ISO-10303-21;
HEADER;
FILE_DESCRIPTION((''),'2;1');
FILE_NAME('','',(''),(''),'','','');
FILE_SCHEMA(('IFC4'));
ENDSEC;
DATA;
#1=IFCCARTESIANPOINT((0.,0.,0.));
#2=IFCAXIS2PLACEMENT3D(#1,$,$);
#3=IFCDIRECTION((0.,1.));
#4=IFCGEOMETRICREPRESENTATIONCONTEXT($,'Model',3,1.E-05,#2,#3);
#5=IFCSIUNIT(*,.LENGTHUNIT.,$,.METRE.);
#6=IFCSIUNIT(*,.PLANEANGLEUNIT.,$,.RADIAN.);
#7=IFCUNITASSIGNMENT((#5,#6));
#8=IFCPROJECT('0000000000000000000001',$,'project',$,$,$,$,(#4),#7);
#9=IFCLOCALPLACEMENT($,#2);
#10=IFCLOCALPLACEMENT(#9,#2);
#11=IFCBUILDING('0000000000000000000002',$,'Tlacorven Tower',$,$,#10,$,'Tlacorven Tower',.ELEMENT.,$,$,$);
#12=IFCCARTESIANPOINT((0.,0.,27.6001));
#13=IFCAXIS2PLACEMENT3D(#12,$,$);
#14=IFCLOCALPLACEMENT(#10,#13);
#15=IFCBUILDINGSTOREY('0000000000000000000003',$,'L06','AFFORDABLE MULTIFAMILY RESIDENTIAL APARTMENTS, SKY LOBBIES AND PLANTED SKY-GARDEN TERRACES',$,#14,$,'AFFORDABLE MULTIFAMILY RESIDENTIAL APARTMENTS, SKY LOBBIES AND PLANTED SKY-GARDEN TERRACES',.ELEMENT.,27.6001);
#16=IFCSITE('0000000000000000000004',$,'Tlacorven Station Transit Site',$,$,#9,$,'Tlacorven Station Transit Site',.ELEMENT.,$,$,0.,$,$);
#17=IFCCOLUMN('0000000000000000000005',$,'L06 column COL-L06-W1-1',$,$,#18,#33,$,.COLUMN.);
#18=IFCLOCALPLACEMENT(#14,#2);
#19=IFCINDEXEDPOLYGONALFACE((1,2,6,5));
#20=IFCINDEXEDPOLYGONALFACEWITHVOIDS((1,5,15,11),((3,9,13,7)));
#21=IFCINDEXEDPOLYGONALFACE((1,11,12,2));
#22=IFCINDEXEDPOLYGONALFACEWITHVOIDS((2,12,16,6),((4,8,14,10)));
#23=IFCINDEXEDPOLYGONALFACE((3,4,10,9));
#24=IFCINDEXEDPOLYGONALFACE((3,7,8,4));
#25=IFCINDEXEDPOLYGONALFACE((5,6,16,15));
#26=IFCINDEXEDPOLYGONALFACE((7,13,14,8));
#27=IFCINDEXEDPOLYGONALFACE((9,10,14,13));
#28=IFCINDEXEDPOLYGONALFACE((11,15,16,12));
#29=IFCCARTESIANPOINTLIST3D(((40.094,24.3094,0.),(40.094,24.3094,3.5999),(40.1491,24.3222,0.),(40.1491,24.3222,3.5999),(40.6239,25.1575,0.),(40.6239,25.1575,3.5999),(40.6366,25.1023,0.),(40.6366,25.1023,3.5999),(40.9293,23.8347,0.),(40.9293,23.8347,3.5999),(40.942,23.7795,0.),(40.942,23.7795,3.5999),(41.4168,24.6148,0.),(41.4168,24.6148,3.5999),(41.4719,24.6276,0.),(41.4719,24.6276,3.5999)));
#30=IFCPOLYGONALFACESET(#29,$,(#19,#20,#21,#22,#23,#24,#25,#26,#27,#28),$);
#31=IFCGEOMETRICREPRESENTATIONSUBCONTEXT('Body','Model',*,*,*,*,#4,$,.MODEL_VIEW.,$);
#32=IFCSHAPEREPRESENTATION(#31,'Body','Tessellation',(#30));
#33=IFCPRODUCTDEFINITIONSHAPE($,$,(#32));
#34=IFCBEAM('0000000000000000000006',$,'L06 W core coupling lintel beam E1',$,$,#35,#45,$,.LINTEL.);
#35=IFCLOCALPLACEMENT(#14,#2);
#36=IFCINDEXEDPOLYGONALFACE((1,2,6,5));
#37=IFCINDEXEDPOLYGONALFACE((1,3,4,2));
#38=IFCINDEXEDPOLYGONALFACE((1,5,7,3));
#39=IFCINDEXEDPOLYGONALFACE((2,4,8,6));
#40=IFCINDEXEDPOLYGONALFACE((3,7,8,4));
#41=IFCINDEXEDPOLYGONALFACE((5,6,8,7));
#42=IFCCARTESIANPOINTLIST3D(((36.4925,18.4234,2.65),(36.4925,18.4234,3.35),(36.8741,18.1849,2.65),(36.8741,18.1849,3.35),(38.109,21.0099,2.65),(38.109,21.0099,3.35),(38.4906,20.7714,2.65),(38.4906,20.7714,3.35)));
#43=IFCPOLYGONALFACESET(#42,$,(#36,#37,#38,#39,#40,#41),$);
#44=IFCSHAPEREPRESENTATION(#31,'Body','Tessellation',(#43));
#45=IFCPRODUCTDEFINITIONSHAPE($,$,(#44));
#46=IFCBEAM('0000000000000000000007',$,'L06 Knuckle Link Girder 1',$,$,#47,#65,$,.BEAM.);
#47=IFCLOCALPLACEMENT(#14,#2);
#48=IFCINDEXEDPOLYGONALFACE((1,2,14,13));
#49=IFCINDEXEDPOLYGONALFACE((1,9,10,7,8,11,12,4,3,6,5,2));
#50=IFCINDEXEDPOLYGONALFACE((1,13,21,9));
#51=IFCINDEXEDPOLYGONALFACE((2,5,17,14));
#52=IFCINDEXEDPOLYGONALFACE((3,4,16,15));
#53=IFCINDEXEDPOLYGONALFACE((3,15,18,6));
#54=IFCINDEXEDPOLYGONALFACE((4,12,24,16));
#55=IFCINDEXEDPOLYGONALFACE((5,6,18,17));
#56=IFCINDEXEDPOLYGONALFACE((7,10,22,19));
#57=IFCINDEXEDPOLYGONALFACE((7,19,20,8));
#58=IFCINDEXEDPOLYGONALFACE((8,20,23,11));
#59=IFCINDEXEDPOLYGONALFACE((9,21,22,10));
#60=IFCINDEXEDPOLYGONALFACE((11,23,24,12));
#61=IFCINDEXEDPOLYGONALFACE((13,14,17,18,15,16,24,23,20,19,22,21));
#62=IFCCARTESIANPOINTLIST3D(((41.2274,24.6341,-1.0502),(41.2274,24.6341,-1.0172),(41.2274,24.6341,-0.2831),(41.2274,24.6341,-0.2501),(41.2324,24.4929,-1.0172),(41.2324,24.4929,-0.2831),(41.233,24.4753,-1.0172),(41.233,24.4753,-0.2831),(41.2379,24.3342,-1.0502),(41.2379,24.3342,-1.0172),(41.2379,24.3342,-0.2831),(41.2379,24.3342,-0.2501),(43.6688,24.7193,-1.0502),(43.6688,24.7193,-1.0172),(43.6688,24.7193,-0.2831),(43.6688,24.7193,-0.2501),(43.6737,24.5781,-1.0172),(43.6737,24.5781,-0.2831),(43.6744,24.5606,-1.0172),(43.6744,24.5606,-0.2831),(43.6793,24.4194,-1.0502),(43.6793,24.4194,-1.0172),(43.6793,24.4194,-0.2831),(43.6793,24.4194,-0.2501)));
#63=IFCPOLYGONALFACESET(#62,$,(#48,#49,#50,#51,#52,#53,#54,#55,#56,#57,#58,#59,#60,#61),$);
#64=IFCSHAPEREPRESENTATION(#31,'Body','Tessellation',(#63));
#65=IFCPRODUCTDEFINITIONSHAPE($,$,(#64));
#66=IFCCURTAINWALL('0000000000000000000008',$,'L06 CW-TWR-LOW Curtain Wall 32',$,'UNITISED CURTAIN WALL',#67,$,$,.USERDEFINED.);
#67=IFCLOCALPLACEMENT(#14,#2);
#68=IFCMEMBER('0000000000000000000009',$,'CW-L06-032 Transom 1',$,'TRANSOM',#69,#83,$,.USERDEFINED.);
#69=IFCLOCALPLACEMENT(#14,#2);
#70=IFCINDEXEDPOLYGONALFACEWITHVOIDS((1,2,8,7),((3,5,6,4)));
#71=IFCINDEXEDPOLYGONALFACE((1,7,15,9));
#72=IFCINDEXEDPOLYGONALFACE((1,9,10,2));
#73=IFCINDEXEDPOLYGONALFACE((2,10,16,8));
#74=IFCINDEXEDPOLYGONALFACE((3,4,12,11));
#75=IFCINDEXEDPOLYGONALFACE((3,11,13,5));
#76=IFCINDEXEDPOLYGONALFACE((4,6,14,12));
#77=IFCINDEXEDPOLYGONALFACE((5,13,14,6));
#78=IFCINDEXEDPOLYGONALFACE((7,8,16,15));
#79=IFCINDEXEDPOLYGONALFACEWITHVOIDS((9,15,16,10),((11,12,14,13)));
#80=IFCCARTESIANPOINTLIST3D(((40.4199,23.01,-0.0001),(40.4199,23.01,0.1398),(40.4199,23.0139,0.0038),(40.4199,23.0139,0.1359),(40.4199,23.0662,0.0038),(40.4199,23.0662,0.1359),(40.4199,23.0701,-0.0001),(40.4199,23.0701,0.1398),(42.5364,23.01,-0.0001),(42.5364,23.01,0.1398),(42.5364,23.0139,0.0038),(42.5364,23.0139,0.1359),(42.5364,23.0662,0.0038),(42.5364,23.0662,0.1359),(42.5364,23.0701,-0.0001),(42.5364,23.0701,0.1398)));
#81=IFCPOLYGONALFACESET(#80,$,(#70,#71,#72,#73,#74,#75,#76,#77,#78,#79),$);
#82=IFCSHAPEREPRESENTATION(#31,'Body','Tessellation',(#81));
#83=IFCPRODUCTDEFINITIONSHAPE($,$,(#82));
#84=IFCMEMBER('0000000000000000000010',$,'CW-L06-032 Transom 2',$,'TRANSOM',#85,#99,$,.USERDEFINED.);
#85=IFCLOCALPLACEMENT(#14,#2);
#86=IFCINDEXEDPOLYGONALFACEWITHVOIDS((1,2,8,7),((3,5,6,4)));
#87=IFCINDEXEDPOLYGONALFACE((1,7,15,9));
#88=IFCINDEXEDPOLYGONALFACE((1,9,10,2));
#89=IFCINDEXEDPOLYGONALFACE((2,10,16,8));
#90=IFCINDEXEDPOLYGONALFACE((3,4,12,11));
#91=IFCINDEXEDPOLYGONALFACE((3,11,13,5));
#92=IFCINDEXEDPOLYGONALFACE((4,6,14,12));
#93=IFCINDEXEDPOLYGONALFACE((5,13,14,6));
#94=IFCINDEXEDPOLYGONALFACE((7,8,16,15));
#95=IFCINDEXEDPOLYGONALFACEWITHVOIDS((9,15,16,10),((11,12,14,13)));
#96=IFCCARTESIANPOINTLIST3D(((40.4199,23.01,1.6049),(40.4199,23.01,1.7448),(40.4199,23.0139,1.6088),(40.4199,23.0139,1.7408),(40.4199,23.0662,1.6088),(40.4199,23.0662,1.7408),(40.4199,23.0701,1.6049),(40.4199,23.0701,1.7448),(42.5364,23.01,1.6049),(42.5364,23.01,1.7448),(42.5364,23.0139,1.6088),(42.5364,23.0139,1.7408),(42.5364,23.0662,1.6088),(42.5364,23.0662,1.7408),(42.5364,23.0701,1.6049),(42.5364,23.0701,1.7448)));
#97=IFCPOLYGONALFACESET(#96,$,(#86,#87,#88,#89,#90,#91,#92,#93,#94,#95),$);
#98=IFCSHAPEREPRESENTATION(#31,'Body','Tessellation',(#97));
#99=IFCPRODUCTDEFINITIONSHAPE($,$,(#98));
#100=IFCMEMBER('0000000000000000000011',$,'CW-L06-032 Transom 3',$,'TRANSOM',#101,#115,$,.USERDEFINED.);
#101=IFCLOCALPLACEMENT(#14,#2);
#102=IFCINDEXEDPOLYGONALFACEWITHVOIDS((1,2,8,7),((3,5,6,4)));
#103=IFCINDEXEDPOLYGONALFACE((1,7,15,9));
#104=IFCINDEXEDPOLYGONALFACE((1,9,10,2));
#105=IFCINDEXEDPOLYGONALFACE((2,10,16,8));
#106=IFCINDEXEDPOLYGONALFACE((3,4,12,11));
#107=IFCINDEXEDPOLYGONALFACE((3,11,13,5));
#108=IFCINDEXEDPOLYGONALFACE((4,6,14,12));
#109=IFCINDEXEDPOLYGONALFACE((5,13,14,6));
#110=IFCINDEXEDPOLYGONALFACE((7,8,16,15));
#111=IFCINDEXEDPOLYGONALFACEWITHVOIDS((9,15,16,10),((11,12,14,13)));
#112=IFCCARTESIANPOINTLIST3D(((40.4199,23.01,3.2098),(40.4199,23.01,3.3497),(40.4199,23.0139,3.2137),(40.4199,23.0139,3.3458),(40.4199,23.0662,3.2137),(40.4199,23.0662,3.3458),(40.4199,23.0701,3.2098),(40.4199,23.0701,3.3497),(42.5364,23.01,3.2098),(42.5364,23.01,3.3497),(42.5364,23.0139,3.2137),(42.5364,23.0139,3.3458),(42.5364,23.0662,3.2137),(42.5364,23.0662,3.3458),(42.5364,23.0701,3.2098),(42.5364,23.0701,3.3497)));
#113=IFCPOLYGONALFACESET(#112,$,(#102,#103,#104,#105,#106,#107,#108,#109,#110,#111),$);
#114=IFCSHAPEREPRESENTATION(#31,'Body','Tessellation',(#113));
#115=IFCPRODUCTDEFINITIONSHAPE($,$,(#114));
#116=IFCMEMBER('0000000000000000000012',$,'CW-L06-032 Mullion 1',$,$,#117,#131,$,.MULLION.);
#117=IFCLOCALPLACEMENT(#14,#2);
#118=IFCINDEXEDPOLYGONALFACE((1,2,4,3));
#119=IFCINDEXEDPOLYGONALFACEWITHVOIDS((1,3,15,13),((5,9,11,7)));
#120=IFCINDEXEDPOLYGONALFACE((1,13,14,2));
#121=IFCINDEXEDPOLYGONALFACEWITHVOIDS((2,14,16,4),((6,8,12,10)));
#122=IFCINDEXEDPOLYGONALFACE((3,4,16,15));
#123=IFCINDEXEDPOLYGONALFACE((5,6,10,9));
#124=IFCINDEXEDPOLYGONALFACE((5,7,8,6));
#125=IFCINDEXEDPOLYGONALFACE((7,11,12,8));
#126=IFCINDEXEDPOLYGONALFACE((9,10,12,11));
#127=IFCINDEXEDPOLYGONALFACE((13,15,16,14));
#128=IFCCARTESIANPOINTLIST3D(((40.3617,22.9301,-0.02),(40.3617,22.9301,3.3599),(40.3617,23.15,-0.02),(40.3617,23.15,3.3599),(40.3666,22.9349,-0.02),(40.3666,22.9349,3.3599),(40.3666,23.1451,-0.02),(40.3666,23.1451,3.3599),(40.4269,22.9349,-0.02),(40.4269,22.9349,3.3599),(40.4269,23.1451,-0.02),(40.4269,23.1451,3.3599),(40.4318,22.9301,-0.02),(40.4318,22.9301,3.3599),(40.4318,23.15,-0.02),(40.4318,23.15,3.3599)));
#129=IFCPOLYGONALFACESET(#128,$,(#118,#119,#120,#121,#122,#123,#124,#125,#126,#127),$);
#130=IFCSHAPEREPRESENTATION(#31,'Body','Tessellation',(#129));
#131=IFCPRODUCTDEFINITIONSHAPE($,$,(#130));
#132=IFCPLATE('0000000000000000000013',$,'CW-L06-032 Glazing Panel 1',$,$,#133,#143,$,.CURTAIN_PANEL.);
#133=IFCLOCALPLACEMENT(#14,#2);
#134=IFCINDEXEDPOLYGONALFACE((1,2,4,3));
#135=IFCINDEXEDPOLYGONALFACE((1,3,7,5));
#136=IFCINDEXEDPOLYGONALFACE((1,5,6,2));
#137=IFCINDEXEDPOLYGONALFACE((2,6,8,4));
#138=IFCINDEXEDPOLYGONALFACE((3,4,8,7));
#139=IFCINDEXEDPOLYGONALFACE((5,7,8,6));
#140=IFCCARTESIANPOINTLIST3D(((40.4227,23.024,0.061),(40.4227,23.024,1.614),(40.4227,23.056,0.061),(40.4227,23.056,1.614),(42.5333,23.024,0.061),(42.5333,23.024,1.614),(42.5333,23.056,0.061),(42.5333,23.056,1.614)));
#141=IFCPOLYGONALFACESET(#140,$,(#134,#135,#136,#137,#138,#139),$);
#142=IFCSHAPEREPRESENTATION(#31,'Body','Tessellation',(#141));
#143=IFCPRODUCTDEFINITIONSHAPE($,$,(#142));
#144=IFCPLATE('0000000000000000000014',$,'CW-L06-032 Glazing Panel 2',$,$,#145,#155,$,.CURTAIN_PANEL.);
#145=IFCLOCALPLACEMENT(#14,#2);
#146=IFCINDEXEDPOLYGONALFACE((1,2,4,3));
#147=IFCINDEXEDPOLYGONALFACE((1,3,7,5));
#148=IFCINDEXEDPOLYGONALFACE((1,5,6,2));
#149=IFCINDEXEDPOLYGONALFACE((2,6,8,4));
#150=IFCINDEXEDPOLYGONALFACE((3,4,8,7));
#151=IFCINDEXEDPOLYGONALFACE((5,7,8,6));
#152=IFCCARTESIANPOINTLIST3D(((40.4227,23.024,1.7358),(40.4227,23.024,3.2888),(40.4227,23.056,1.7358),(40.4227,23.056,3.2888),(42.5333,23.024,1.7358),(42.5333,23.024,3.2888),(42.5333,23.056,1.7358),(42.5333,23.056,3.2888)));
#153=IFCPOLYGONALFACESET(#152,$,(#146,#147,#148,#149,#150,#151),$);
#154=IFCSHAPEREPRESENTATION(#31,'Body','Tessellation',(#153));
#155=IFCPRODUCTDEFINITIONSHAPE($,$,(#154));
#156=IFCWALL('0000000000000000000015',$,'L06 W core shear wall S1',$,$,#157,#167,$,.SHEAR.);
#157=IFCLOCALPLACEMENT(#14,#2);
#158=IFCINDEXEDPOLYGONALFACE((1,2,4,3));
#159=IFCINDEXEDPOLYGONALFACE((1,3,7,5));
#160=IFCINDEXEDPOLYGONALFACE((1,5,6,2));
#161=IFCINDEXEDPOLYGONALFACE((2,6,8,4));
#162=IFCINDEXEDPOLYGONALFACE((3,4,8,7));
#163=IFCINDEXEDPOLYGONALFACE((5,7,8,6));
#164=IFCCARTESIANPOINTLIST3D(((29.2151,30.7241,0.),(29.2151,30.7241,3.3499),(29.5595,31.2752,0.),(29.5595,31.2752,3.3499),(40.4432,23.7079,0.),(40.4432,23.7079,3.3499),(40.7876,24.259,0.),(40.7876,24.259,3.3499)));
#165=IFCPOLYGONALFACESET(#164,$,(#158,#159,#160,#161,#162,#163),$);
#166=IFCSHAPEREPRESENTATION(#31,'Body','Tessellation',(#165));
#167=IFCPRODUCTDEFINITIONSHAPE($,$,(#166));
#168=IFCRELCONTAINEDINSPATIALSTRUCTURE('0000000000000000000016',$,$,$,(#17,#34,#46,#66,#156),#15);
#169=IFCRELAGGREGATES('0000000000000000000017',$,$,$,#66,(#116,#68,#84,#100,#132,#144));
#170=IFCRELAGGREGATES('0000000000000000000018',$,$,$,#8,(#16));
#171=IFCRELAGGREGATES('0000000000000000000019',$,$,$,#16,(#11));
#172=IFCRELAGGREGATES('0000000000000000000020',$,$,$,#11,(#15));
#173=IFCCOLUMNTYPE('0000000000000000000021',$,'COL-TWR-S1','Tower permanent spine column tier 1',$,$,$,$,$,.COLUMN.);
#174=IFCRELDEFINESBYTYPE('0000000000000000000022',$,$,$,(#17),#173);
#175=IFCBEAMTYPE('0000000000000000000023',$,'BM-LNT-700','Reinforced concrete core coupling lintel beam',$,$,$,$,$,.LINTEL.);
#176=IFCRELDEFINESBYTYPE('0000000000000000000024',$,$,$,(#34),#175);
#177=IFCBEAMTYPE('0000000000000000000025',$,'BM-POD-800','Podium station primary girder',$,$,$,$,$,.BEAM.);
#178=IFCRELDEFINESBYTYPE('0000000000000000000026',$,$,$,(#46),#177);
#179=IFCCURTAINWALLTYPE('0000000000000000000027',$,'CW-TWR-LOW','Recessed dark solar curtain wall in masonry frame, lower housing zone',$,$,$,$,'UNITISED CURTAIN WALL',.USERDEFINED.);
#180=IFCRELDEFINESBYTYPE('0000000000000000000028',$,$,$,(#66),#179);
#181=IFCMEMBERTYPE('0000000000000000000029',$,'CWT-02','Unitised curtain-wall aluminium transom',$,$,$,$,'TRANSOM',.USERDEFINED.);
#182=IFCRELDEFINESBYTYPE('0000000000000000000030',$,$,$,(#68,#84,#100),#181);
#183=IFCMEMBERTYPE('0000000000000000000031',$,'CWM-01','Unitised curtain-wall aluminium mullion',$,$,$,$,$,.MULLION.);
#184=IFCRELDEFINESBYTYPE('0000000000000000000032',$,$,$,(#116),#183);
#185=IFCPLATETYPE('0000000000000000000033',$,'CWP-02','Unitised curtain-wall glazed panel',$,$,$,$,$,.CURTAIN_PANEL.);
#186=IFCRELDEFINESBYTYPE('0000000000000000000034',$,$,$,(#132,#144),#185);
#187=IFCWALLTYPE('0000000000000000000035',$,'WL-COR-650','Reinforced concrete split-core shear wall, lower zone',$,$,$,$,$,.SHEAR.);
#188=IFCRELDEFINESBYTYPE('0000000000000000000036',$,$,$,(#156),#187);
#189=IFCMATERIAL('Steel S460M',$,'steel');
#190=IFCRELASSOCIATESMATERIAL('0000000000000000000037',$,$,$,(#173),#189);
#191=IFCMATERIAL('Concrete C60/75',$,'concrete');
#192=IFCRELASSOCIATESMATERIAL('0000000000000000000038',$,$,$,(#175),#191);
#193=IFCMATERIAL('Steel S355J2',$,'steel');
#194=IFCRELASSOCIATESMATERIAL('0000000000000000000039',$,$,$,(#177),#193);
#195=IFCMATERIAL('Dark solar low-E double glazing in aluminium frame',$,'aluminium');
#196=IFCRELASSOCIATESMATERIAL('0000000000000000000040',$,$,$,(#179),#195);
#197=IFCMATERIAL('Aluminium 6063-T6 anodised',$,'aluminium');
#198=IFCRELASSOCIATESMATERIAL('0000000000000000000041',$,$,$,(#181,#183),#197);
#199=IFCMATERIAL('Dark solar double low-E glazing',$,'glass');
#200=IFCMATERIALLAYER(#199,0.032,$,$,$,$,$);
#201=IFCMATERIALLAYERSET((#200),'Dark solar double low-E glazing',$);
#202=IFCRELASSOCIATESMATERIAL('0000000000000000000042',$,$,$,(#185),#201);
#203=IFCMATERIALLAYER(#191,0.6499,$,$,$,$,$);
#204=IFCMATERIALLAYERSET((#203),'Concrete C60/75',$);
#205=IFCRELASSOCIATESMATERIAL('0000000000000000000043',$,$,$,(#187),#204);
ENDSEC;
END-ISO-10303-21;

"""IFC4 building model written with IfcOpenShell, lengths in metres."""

from ifc_helpers import new_model, si_unit, direction, frame, frame_2d, origin, origin_2d, place, context, subcontext, project, spatial, rectangle, hollow_rectangle, i_section, extrude, source, transform, mapped, material, layer, layer_set, material_profile, profile_set, type_object, element, aggregate, save


model = new_model("IFC4")

# Units and contexts
model_context = context("Model", 3, precision=1e-05, world=origin(), true_north=direction((0.0, 1.0)))
body_context = subcontext(model_context, "Body", "Model", "MODEL_VIEW")
ifc_project = project(units=[si_unit("LENGTHUNIT", "METRE"), si_unit("PLANEANGLEUNIT", "RADIAN")], contexts=[model_context])

# Site, building, storey
site_placement = place(None, origin())
site = spatial("IfcSite", under=ifc_project, at=site_placement, Name="Tlacorven Station Transit Site", LongName="Tlacorven Station Transit Site", CompositionType="ELEMENT", RefElevation=0.0)
building_placement = place(site_placement, origin())
building = spatial("IfcBuilding", under=site, at=building_placement, Name="Tlacorven Tower", LongName="Tlacorven Tower", CompositionType="ELEMENT")
storey_placement = place(building_placement, frame((0.0, 0.0, 27.6001)))
storey = spatial("IfcBuildingStorey", under=building, at=storey_placement, Name="L06", Description="AFFORDABLE MULTIFAMILY RESIDENTIAL APARTMENTS, SKY LOBBIES AND PLANTED SKY-GARDEN TERRACES", LongName="AFFORDABLE MULTIFAMILY RESIDENTIAL APARTMENTS, SKY LOBBIES AND PLANTED SKY-GARDEN TERRACES", CompositionType="ELEMENT", Elevation=27.6001)

# Column
ifc_material_1 = material(Name="Steel S460M", Category="steel")
ifc_material_profile_1 = material_profile(ifc_material_1, hollow_rectangle(XDim=1.0, YDim=1.0, WallThickness=0.04, at=origin_2d()), Name="BOX 1000X1000X40")
ifc_profile_set_1 = profile_set([ifc_material_profile_1], Name="Steel S460M")
column_type = type_object("IfcColumnType", Name="COL-TWR-S1", Description="Tower permanent spine column tier 1", PredefinedType="COLUMN", material=ifc_profile_set_1)
shared_shape_1 = source(origin(), body_context, "Body", "SweptSolid", [
    extrude(hollow_rectangle(XDim=1.0, YDim=1.0, WallThickness=0.04, at=origin_2d()), origin(), (0.0, 0.0, 1.0), 3.5999),
])
column_placement = place(storey_placement, frame((40.783, 24.4685, 0.0), z_axis=(0.0, 0.0, 1.0), x_axis=(-0.848048, 0.529919, 0.0)))
element("IfcColumn", 1, at=column_placement, inside=storey, type_object=column_type, Name="L06 column COL-L06-W1-1", PredefinedType="COLUMN", context=body_context, shape_type="MappedRepresentation", body=[
    mapped(shared_shape_1, transform((0.0, 0.0, 0.0), scale=1.0)),
])

# Beams
ifc_material_2 = material(Name="Concrete C60/75", Category="concrete")
ifc_material_profile_2 = material_profile(ifc_material_2, rectangle(XDim=0.45, YDim=0.7, at=origin_2d()), Name="RC 450X700")
ifc_profile_set_2 = profile_set([ifc_material_profile_2], Name="Concrete C60/75")
beam_type_1 = type_object("IfcBeamType", Name="BM-LNT-700", Description="Reinforced concrete core coupling lintel beam", PredefinedType="LINTEL", material=ifc_profile_set_2)
shared_shape_2 = source(origin(), body_context, "Body", "SweptSolid", [
    extrude(rectangle(XDim=0.45, YDim=0.7, at=origin_2d()), origin(), (0.0, 0.0, 1.0), 3.05),
])
beam_1_placement = place(storey_placement, frame((38.2998, 20.8906, 3.0), z_axis=(-0.529985, -0.848007, 0.0), x_axis=(0.848007, -0.529985, 0.0)))
element("IfcBeam", 2, at=beam_1_placement, inside=storey, type_object=beam_type_1, Name="L06 W core coupling lintel beam E1", PredefinedType="LINTEL", context=body_context, shape_type="MappedRepresentation", body=[
    mapped(shared_shape_2, transform((0.0, 0.0, 0.0), scale=1.0)),
])
ifc_material_3 = material(Name="Steel S355J2", Category="steel")
ifc_material_profile_3 = material_profile(ifc_material_3, i_section(OverallWidth=0.3, OverallDepth=0.8, WebThickness=0.0176, FlangeThickness=0.033, at=origin_2d()), Name="HEB 800")
ifc_profile_set_3 = profile_set([ifc_material_profile_3], Name="Steel S355J2")
beam_type_2 = type_object("IfcBeamType", Name="BM-POD-800", Description="Podium station primary girder", PredefinedType="BEAM", material=ifc_profile_set_3)
shared_shape_3 = source(origin(), body_context, "Body", "SweptSolid", [
    extrude(i_section(OverallWidth=0.3, OverallDepth=0.8, WebThickness=0.0176, FlangeThickness=0.033, at=origin_2d()), origin(), (0.0, 0.0, 1.0), 2.4429),
])
beam_2_placement = place(storey_placement, frame((41.2327, 24.4841, -0.6501), z_axis=(0.999392, 0.034879, 0.0), x_axis=(-0.034879, 0.999392, 0.0)))
element("IfcBeam", 3, at=beam_2_placement, inside=storey, type_object=beam_type_2, Name="L06 Knuckle Link Girder 1", PredefinedType="BEAM", context=body_context, shape_type="MappedRepresentation", body=[
    mapped(shared_shape_3, transform((0.0, 0.0, 0.0), scale=1.0)),
])

# Curtain wall, members, plates
ifc_material_4 = material(Name="Dark solar low-E double glazing in aluminium frame", Category="aluminium")
curtain_wall_type = type_object("IfcCurtainWallType", Name="CW-TWR-LOW", Description="Recessed dark solar curtain wall in masonry frame, lower housing zone", ElementType="UNITISED CURTAIN WALL", PredefinedType="USERDEFINED", material=ifc_material_4)
curtain_wall_placement = place(storey_placement, origin())
curtain_wall = element("IfcCurtainWall", 4, at=curtain_wall_placement, inside=storey, type_object=curtain_wall_type, Name="L06 CW-TWR-LOW Curtain Wall 32", ObjectType="UNITISED CURTAIN WALL", PredefinedType="USERDEFINED")
ifc_material_5 = material(Name="Aluminium 6063-T6 anodised", Category="aluminium")
ifc_material_profile_4 = material_profile(ifc_material_5, hollow_rectangle(XDim=0.0601, YDim=0.1399, WallThickness=0.0039, at=origin_2d()), Name="ALU TRANSOM 60X140")
ifc_profile_set_4 = profile_set([ifc_material_profile_4], Name="Aluminium 6063-T6 anodised")
member_type_1 = type_object("IfcMemberType", Name="CWT-02", Description="Unitised curtain-wall aluminium transom", ElementType="TRANSOM", PredefinedType="USERDEFINED", material=ifc_profile_set_4)
shared_shape_4 = source(origin(), body_context, "Body", "SweptSolid", [
    extrude(hollow_rectangle(XDim=0.0601, YDim=0.1399, WallThickness=0.0039, at=origin_2d()), origin(), (0.0, 0.0, 1.0), 2.1165),
])
member_1_placement = place(storey_placement, frame((40.4199, 23.04, 0.0698), z_axis=(1.0, 0.0, 0.0), x_axis=(0.0, 1.0, 0.0)))
member_1 = element("IfcMember", 5, at=member_1_placement, type_object=member_type_1, Name="CW-L06-032 Transom 1", ObjectType="TRANSOM", PredefinedType="USERDEFINED", context=body_context, shape_type="MappedRepresentation", body=[
    mapped(shared_shape_4, transform((0.0, 0.0, 0.0), scale=1.0)),
])
member_2_placement = place(storey_placement, frame((40.4199, 23.04, 1.6748), z_axis=(1.0, 0.0, 0.0), x_axis=(0.0, 1.0, 0.0)))
member_2 = element("IfcMember", 6, at=member_2_placement, type_object=member_type_1, Name="CW-L06-032 Transom 2", ObjectType="TRANSOM", PredefinedType="USERDEFINED", context=body_context, shape_type="MappedRepresentation", body=[
    mapped(shared_shape_4, transform((0.0, 0.0, 0.0), scale=1.0)),
])
member_3_placement = place(storey_placement, frame((40.4199, 23.04, 3.2798), z_axis=(1.0, 0.0, 0.0), x_axis=(0.0, 1.0, 0.0)))
member_3 = element("IfcMember", 7, at=member_3_placement, type_object=member_type_1, Name="CW-L06-032 Transom 3", ObjectType="TRANSOM", PredefinedType="USERDEFINED", context=body_context, shape_type="MappedRepresentation", body=[
    mapped(shared_shape_4, transform((0.0, 0.0, 0.0), scale=1.0)),
])
ifc_material_profile_5 = material_profile(ifc_material_5, hollow_rectangle(XDim=0.0701, YDim=0.22, WallThickness=0.0049, at=origin_2d()), Name="ALU MULLION 70X220")
ifc_profile_set_5 = profile_set([ifc_material_profile_5], Name="Aluminium 6063-T6 anodised")
member_type_2 = type_object("IfcMemberType", Name="CWM-01", Description="Unitised curtain-wall aluminium mullion", PredefinedType="MULLION", material=ifc_profile_set_5)
shared_shape_5 = source(origin(), body_context, "Body", "SweptSolid", [
    extrude(hollow_rectangle(XDim=0.0701, YDim=0.22, WallThickness=0.0049, at=origin_2d()), origin(), (0.0, 0.0, 1.0), 3.3799),
])
member_4_placement = place(storey_placement, frame((40.3967, 23.04, -0.02), z_axis=(0.0, 0.0, 1.0), x_axis=(1.0, 0.0, 0.0)))
member_4 = element("IfcMember", 8, at=member_4_placement, type_object=member_type_2, Name="CW-L06-032 Mullion 1", PredefinedType="MULLION", context=body_context, shape_type="MappedRepresentation", body=[
    mapped(shared_shape_5, transform((0.0, 0.0, 0.0), scale=1.0)),
])
ifc_material_6 = material(Name="Dark solar double low-E glazing", Category="glass")
ifc_layer_1 = layer(ifc_material_6, 0.032)
ifc_layer_set_1 = layer_set([ifc_layer_1], Name="Dark solar double low-E glazing")
plate_type = type_object("IfcPlateType", Name="CWP-02", Description="Unitised curtain-wall glazed panel", PredefinedType="CURTAIN_PANEL", material=ifc_layer_set_1)
shared_shape_6 = source(origin(), body_context, "Body", "SweptSolid", [
    extrude(rectangle(XDim=2.1106, YDim=0.032, at=origin_2d()), origin(), (0.0, 0.0, 1.0), 1.553),
])
plate_1_placement = place(storey_placement, frame((41.478, 23.04, 0.061), z_axis=(0.0, 0.0, 1.0), x_axis=(1.0, 0.0, 0.0)))
plate_1 = element("IfcPlate", 9, at=plate_1_placement, type_object=plate_type, Name="CW-L06-032 Glazing Panel 1", PredefinedType="CURTAIN_PANEL", context=body_context, shape_type="MappedRepresentation", body=[
    mapped(shared_shape_6, transform((0.0, 0.0, 0.0), scale=1.0)),
])
plate_2_placement = place(storey_placement, frame((41.478, 23.04, 1.7358), z_axis=(0.0, 0.0, 1.0), x_axis=(1.0, 0.0, 0.0)))
plate_2 = element("IfcPlate", 10, at=plate_2_placement, type_object=plate_type, Name="CW-L06-032 Glazing Panel 2", PredefinedType="CURTAIN_PANEL", context=body_context, shape_type="MappedRepresentation", body=[
    mapped(shared_shape_6, transform((0.0, 0.0, 0.0), scale=1.0)),
])
aggregate(curtain_wall, [member_4, member_1, member_2, member_3, plate_1, plate_2])

# Wall
ifc_layer_2 = layer(ifc_material_2, 0.6499)
ifc_layer_set_2 = layer_set([ifc_layer_2], Name="Concrete C60/75")
wall_type_1 = type_object("IfcWallType", Name="WL-COR-650", Description="Reinforced concrete split-core shear wall, lower zone", PredefinedType="SHEAR", material=ifc_layer_set_2)
wall_1_placement = place(storey_placement, frame((40.6155, 23.9834, 0.0), z_axis=(0.0, 0.0, 1.0), x_axis=(-0.848046, 0.529923, 0.0)))
element("IfcWall", 11, at=wall_1_placement, inside=storey, type_object=wall_type_1, Name="L06 W core shear wall S1", PredefinedType="SHEAR", context=body_context, shape_type="SweptSolid", body=[
    extrude(rectangle(XDim=13.24, YDim=0.6499, at=frame_2d((6.6201, 0.0))), origin(), (0.0, 0.0, 1.0), 3.3499),
])

save(model, "model.ifc")
